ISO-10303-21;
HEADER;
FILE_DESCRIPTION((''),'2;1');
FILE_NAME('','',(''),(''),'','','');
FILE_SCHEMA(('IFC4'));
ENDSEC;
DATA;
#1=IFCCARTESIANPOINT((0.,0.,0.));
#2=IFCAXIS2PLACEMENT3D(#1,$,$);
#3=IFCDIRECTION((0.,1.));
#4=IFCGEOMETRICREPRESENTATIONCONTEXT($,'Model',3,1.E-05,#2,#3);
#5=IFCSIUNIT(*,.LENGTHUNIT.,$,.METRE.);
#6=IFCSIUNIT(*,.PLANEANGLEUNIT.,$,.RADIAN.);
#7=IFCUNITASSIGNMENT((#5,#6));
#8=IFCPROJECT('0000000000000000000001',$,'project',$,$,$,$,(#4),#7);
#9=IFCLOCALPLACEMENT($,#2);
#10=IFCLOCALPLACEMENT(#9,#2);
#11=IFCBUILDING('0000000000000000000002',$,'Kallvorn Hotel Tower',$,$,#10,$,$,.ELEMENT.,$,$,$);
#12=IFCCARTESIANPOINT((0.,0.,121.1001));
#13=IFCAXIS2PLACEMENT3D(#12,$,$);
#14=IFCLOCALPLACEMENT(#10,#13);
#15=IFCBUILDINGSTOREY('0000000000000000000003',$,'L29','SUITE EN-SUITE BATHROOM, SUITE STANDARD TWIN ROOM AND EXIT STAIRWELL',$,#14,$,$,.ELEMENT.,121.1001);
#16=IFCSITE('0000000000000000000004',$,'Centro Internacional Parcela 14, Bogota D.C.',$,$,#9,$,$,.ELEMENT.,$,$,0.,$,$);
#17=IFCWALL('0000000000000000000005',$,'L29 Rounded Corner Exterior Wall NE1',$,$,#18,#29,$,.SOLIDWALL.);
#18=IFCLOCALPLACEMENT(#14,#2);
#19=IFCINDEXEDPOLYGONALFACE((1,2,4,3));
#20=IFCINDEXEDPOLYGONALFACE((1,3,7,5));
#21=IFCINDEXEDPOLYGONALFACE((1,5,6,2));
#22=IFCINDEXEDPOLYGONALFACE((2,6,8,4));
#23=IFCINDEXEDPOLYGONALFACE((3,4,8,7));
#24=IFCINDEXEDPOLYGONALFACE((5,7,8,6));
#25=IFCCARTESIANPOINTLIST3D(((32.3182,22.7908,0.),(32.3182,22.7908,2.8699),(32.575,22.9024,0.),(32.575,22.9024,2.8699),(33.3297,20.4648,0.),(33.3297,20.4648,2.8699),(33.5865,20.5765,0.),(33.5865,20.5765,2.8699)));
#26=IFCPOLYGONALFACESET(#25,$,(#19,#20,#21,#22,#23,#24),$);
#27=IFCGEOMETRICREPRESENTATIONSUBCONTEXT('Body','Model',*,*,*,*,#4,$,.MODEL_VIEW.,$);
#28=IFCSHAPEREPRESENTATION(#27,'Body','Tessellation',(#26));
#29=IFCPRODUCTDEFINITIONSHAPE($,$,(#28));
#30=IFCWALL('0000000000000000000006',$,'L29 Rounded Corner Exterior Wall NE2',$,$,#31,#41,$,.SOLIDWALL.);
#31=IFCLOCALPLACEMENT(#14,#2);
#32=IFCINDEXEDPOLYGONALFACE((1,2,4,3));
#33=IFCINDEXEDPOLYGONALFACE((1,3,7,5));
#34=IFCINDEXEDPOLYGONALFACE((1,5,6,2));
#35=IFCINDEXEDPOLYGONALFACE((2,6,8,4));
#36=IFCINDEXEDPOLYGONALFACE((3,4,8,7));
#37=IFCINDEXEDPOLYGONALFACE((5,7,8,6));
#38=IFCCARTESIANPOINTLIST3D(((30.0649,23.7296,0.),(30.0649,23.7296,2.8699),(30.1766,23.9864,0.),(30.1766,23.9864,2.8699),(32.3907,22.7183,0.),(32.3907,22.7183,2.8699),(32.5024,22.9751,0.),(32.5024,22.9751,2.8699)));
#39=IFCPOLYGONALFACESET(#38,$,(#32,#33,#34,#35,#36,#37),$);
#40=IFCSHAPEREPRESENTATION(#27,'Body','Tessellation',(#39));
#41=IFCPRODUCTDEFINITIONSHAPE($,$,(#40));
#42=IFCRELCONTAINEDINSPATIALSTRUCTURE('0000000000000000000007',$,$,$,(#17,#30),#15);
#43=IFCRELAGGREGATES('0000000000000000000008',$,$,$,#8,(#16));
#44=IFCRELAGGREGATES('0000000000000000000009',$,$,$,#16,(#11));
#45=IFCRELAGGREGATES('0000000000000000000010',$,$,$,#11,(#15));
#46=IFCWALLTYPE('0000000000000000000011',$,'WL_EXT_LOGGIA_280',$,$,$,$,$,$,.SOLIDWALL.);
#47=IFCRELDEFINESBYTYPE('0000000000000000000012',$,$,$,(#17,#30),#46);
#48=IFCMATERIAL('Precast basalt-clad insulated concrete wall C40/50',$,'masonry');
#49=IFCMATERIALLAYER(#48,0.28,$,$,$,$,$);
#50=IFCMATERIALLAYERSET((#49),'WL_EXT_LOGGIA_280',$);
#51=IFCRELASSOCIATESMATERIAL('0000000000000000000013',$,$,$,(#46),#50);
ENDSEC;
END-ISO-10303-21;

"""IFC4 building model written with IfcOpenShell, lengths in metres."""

from ifc_helpers import new_model, si_unit, direction, frame, frame_2d, origin, place, context, subcontext, project, spatial, rectangle, extrude, material, layer, layer_set, type_object, element, save


model = new_model("IFC4")

# Units and contexts
model_context = context("Model", 3, precision=1e-05, world=origin(), true_north=direction((0.0, 1.0)))
body_context = subcontext(model_context, "Body", "Model", "MODEL_VIEW")
ifc_project = project(units=[si_unit("LENGTHUNIT", "METRE"), si_unit("PLANEANGLEUNIT", "RADIAN")], contexts=[model_context])

# Site, building, storey
site_placement = place(None, origin())
site = spatial("IfcSite", under=ifc_project, at=site_placement, Name="Centro Internacional Parcela 14, Bogota D.C.", CompositionType="ELEMENT", RefElevation=0.0)
building_placement = place(site_placement, origin())
building = spatial("IfcBuilding", under=site, at=building_placement, Name="Kallvorn Hotel Tower", CompositionType="ELEMENT")
storey_placement = place(building_placement, frame((0.0, 0.0, 121.1001)))
storey = spatial("IfcBuildingStorey", under=building, at=storey_placement, Name="L29", Description="SUITE EN-SUITE BATHROOM, SUITE STANDARD TWIN ROOM AND EXIT STAIRWELL", CompositionType="ELEMENT", Elevation=121.1001)

# Walls
ifc_material_1 = material(Name="Precast basalt-clad insulated concrete wall C40/50", Category="masonry")
ifc_layer_1 = layer(ifc_material_1, 0.28)
ifc_layer_set_1 = layer_set([ifc_layer_1], Name="WL_EXT_LOGGIA_280")
wall_type = type_object("IfcWallType", Name="WL_EXT_LOGGIA_280", PredefinedType="SOLIDWALL", material=ifc_layer_set_1)
wall_1_placement = place(storey_placement, frame((33.458, 20.5208, 0.0), z_axis=(0.0, 0.0, 1.0), x_axis=(-0.398793, 0.917041, 0.0)))
element("IfcWall", 1, at=wall_1_placement, inside=storey, type_object=wall_type, Name="L29 Rounded Corner Exterior Wall NE1", PredefinedType="SOLIDWALL", context=body_context, shape_type="SweptSolid", body=[
    extrude(rectangle(XDim=2.5364, YDim=0.28, at=frame_2d((1.2681, 0.0))), origin(), (0.0, 0.0, 1.0), 2.8699),
])
wall_2_placement = place(storey_placement, frame((32.4465, 22.8467, 0.0), z_axis=(0.0, 0.0, 1.0), x_axis=(-0.917061, 0.398747, 0.0)))
element("IfcWall", 2, at=wall_2_placement, inside=storey, type_object=wall_type, Name="L29 Rounded Corner Exterior Wall NE2", PredefinedType="SOLIDWALL", context=body_context, shape_type="SweptSolid", body=[
    extrude(rectangle(XDim=2.5361, YDim=0.28, at=frame_2d((1.2681, 0.0))), origin(), (0.0, 0.0, 1.0), 2.8699),
])

save(model, "model.ifc")
